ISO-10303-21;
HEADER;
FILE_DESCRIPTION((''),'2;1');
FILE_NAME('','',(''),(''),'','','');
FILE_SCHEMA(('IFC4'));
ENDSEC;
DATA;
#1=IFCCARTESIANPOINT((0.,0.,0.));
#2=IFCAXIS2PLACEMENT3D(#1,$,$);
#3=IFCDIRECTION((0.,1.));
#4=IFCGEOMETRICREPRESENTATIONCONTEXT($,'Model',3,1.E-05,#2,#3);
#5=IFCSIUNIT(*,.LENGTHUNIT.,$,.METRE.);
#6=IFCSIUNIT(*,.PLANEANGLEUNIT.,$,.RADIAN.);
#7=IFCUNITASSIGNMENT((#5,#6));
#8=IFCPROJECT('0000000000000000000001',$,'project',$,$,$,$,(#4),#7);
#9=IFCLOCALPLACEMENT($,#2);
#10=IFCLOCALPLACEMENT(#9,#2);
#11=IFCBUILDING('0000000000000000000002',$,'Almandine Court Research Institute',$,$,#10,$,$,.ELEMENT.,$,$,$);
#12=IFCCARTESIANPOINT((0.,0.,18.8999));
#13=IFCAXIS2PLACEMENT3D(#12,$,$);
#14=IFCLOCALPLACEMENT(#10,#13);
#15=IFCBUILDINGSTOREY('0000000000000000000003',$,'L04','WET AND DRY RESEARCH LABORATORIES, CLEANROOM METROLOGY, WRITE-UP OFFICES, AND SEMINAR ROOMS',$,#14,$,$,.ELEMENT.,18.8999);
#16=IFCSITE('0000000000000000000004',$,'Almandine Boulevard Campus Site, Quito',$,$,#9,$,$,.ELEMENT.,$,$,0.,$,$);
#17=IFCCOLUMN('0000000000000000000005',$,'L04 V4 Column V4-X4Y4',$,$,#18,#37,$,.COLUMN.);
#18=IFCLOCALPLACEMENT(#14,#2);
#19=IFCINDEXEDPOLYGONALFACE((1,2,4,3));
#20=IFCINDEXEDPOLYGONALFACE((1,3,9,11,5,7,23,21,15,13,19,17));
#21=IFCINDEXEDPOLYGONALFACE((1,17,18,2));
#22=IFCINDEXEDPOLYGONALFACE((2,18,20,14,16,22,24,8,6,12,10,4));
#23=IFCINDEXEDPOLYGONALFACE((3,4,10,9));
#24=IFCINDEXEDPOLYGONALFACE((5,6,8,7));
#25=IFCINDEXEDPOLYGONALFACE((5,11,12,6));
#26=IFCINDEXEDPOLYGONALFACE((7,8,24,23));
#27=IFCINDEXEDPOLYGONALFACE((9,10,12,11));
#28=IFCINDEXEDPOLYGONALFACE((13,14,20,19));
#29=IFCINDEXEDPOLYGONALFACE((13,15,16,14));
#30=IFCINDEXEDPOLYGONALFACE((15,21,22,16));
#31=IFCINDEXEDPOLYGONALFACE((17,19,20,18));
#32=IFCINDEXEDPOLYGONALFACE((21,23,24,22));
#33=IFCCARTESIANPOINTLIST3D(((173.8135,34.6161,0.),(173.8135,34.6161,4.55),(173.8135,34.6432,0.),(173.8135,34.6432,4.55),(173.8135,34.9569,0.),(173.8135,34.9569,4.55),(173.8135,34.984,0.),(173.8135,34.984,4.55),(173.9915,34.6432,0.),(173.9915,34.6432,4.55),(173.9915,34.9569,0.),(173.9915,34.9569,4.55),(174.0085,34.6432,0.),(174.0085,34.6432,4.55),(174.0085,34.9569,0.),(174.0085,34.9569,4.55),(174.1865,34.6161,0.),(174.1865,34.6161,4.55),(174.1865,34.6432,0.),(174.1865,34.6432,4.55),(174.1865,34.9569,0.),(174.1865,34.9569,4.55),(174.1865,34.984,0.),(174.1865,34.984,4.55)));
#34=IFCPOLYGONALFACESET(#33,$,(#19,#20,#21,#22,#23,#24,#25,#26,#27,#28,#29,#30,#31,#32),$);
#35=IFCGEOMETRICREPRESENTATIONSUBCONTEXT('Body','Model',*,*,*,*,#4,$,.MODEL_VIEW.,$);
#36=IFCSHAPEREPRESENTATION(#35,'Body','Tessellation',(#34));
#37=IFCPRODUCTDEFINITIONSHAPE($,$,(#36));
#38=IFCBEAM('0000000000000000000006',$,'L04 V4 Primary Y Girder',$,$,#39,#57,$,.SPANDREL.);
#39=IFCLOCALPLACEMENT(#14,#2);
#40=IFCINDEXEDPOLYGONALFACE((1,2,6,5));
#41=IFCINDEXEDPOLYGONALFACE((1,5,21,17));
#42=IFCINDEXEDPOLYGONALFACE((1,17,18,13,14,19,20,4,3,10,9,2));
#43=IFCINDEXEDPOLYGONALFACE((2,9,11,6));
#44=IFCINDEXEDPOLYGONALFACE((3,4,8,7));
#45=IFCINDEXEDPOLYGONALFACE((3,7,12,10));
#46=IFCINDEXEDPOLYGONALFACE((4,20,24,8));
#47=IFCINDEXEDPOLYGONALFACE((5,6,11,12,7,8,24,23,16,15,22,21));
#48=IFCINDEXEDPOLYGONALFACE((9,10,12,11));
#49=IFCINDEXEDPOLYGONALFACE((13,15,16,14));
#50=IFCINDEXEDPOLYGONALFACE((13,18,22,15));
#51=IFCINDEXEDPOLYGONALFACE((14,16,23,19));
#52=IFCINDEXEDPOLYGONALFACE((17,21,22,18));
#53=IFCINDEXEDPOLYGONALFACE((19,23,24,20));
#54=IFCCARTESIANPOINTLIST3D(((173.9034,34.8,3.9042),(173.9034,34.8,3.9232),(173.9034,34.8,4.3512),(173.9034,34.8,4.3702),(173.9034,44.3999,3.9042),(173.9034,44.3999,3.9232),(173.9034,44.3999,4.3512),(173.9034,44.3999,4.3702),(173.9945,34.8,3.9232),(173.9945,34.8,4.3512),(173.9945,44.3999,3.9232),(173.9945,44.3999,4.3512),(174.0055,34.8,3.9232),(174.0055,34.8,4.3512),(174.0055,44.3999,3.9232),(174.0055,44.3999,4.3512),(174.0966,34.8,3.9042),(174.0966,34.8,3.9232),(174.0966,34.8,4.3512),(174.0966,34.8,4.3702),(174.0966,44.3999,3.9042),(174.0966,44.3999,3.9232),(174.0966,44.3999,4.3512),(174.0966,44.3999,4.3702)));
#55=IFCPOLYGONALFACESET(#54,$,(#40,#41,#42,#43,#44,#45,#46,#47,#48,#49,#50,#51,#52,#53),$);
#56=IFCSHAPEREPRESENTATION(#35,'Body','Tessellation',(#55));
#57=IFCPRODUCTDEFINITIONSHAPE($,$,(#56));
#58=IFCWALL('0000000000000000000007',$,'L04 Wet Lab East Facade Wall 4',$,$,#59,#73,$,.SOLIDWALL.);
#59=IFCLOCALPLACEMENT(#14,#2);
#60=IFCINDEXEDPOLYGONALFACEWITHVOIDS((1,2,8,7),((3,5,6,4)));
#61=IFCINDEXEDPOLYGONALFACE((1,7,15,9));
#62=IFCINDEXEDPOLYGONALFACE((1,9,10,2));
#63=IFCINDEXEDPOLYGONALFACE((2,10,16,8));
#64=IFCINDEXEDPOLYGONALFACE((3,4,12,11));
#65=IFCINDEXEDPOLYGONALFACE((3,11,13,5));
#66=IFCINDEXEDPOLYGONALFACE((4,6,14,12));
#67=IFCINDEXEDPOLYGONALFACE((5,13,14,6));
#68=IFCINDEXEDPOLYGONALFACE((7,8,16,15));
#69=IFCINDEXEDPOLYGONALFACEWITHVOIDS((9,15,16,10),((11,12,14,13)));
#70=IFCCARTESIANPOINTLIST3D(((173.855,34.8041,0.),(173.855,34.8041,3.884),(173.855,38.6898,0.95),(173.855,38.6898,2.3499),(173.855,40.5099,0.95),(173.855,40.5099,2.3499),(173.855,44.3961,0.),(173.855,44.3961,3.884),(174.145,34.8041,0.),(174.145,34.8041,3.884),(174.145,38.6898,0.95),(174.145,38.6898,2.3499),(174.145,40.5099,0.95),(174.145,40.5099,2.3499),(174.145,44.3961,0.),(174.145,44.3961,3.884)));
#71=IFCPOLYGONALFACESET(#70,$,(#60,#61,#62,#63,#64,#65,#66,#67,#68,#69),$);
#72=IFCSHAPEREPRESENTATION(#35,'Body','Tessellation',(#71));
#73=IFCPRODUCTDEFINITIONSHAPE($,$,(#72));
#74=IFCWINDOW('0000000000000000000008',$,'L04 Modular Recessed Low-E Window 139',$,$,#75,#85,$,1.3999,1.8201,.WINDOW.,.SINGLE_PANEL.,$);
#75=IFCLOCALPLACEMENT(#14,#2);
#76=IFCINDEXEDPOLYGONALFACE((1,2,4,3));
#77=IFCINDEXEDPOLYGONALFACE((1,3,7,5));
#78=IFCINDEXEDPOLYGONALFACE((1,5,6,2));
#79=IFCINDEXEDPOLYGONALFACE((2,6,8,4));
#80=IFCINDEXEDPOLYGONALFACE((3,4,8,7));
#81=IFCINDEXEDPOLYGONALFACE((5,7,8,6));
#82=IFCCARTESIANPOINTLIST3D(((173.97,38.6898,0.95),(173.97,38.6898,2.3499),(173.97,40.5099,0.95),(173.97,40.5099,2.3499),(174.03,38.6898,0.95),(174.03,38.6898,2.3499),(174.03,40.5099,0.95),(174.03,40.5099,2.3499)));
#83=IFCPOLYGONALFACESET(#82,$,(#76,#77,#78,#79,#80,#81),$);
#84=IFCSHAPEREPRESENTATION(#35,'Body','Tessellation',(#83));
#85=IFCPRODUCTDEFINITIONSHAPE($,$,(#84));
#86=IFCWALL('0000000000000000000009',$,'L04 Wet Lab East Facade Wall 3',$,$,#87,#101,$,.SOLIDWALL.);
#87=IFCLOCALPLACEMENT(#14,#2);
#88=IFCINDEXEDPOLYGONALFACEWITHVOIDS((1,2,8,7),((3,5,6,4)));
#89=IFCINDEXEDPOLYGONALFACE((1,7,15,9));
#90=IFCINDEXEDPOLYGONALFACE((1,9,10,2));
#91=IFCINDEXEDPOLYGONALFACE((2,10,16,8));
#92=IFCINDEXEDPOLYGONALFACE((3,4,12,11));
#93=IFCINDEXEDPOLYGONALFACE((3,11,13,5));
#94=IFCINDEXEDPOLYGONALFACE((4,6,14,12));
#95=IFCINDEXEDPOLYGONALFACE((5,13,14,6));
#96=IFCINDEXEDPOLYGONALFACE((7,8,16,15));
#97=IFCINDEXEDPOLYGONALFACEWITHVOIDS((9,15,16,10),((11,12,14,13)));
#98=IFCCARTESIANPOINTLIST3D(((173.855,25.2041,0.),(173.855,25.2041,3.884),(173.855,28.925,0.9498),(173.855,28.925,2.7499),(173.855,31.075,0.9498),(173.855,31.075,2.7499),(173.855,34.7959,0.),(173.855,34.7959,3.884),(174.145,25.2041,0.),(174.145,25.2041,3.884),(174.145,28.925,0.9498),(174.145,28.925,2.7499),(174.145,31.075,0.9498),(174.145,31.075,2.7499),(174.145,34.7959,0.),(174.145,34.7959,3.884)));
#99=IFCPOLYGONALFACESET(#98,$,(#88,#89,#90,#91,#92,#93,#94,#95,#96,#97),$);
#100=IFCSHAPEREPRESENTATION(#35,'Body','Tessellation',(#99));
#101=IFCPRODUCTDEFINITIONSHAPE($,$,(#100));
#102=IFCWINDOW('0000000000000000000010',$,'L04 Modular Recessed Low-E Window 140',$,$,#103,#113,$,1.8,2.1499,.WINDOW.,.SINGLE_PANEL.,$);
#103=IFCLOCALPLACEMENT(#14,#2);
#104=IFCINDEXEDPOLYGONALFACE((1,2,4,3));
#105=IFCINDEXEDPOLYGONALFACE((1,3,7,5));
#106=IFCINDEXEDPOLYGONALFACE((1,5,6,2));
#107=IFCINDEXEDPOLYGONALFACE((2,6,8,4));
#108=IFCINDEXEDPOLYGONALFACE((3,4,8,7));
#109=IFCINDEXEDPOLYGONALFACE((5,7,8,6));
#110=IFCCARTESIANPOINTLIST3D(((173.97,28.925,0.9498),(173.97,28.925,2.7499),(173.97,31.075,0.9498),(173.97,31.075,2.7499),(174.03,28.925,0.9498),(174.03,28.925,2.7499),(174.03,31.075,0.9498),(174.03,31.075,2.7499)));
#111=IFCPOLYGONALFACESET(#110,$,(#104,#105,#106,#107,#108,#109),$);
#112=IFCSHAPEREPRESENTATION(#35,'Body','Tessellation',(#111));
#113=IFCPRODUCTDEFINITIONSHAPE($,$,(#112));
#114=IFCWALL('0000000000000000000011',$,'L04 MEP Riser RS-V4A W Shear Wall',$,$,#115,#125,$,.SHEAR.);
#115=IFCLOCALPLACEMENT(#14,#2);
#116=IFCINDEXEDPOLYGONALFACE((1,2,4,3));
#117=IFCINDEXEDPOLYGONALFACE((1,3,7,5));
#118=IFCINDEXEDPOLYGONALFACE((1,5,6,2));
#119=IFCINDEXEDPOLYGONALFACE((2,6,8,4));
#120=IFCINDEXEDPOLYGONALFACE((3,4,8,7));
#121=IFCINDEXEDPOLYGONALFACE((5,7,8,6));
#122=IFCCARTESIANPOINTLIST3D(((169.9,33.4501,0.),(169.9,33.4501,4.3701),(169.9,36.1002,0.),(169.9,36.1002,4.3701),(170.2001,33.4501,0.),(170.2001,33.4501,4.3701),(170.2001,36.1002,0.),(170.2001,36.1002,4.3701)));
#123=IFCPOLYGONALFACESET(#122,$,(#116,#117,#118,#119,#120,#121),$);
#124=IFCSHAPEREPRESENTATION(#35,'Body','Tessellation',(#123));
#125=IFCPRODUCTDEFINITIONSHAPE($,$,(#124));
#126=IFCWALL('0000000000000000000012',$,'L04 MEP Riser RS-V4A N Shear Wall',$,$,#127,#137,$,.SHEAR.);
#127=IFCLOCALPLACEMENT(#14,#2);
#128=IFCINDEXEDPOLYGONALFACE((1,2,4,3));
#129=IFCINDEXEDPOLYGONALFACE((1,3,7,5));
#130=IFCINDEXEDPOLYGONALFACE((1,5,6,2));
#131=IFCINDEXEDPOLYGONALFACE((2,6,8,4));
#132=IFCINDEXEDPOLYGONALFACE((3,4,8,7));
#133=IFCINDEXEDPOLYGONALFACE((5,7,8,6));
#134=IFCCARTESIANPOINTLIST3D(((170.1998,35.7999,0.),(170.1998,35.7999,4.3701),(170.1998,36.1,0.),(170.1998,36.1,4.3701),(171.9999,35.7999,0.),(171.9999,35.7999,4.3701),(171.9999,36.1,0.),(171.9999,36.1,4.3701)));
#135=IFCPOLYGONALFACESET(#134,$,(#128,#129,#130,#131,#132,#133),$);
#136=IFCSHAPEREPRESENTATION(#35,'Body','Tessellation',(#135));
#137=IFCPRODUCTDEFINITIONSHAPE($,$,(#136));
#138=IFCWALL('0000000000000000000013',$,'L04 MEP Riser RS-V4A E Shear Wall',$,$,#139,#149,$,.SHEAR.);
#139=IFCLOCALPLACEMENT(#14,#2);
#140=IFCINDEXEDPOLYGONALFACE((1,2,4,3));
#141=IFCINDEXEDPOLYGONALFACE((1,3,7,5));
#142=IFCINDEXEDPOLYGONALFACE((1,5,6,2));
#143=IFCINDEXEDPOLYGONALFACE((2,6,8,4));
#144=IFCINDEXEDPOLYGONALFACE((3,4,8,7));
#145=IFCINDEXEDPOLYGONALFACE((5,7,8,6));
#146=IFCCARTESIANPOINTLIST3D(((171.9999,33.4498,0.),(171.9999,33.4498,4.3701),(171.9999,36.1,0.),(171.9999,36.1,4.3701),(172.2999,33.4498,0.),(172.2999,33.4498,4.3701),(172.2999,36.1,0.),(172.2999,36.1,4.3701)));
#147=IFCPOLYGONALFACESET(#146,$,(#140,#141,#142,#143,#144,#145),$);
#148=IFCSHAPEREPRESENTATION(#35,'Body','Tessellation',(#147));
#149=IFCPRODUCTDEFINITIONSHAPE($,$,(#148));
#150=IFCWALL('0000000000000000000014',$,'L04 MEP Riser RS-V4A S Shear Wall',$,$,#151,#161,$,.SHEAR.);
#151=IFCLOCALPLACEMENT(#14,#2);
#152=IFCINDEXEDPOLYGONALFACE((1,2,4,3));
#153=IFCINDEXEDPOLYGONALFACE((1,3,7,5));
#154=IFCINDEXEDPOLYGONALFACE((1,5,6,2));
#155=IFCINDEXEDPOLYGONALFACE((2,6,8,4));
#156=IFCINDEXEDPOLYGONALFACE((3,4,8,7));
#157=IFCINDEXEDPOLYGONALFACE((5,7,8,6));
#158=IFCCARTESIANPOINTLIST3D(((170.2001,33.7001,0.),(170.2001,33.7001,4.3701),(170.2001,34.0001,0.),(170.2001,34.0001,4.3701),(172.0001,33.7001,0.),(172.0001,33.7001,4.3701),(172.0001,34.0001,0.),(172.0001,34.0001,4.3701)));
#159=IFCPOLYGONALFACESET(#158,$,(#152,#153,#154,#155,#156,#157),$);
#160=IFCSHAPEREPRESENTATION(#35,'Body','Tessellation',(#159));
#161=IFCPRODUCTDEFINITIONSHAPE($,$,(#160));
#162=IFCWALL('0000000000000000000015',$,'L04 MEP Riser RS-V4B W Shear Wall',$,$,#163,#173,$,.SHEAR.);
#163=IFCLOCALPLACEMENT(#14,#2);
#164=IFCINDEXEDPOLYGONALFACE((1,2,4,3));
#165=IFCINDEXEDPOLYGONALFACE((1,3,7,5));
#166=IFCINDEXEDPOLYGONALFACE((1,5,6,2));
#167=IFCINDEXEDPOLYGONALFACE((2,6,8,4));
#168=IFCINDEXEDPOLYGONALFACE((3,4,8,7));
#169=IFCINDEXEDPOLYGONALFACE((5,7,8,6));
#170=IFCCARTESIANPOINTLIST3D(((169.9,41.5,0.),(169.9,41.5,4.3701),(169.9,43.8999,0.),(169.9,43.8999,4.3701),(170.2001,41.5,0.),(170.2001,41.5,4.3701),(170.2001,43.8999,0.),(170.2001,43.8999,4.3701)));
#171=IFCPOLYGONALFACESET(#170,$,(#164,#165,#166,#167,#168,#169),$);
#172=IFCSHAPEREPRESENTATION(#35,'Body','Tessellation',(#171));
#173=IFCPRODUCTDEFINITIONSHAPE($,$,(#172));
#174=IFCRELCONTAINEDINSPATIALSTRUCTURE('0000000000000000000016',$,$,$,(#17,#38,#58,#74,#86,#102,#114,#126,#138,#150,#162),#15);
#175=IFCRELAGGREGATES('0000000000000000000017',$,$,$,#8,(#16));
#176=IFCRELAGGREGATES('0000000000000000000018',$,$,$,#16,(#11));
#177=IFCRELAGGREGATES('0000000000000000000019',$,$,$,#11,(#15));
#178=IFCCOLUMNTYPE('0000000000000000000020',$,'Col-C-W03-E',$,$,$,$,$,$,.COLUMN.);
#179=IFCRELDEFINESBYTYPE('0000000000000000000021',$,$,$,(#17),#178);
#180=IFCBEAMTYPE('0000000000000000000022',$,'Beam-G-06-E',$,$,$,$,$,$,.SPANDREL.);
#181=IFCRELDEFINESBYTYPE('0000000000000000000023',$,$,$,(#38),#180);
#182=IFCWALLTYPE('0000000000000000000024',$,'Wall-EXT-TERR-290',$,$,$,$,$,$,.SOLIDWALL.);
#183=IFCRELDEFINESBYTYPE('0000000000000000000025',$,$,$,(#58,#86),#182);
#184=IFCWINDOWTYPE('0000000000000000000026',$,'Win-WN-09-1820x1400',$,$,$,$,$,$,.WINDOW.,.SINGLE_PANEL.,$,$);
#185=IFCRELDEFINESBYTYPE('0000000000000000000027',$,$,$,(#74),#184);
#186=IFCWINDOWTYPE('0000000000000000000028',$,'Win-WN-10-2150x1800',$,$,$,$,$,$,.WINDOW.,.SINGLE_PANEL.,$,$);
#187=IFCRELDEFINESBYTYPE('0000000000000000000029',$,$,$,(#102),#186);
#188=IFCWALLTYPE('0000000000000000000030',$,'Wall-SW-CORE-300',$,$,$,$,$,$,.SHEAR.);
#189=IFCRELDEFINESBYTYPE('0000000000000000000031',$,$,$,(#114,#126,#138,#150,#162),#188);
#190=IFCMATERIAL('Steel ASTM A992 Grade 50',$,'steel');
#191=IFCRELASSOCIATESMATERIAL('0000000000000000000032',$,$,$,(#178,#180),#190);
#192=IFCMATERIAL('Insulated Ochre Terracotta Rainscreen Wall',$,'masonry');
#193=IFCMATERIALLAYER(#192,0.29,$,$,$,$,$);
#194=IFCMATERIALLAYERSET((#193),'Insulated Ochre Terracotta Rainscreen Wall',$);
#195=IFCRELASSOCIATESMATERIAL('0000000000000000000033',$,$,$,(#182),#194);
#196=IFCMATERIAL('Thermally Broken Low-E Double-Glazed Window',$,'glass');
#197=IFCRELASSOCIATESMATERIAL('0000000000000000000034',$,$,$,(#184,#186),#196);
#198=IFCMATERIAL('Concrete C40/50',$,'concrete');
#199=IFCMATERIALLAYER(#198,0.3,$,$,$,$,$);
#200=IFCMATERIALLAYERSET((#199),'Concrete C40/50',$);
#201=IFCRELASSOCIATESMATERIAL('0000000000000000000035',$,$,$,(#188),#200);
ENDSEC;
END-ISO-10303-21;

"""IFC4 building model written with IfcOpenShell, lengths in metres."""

from ifc_helpers import new_model, si_unit, direction, frame, frame_2d, origin, origin_2d, place, context, subcontext, project, spatial, rectangle, i_section, extrude, material, layer, layer_set, material_profile, profile_set, type_object, element, fill, save


model = new_model("IFC4")

# Units and contexts
model_context = context("Model", 3, precision=1e-05, world=origin(), true_north=direction((0.0, 1.0)))
body_context = subcontext(model_context, "Body", "Model", "MODEL_VIEW")
ifc_project = project(units=[si_unit("LENGTHUNIT", "METRE"), si_unit("PLANEANGLEUNIT", "RADIAN")], contexts=[model_context])

# Site, building, storey
site_placement = place(None, origin())
site = spatial("IfcSite", under=ifc_project, at=site_placement, Name="Almandine Boulevard Campus Site, Quito", CompositionType="ELEMENT", RefElevation=0.0)
building_placement = place(site_placement, origin())
building = spatial("IfcBuilding", under=site, at=building_placement, Name="Almandine Court Research Institute", CompositionType="ELEMENT")
storey_placement = place(building_placement, frame((0.0, 0.0, 18.8999)))
storey = spatial("IfcBuildingStorey", under=building, at=storey_placement, Name="L04", Description="WET AND DRY RESEARCH LABORATORIES, CLEANROOM METROLOGY, WRITE-UP OFFICES, AND SEMINAR ROOMS", CompositionType="ELEMENT", Elevation=18.8999)

# Column
ifc_material_1 = material(Name="Steel ASTM A992 Grade 50", Category="steel")
ifc_material_profile_1 = material_profile(ifc_material_1, i_section(OverallWidth=0.373, OverallDepth=0.3679, WebThickness=0.0171, FlangeThickness=0.0271, at=origin_2d()), Name="W360x179")
ifc_profile_set_1 = profile_set([ifc_material_profile_1], Name="Steel ASTM A992 Grade 50")
column_type = type_object("IfcColumnType", Name="Col-C-W03-E", PredefinedType="COLUMN", material=ifc_profile_set_1)
column_placement = place(storey_placement, frame((174.0, 34.8, 0.0), z_axis=(0.0, 0.0, 1.0), x_axis=(1.0, 0.0, 0.0)))
element("IfcColumn", 1, at=column_placement, inside=storey, type_object=column_type, Name="L04 V4 Column V4-X4Y4", PredefinedType="COLUMN", context=body_context, shape_type="SweptSolid", body=[
    extrude(i_section(OverallWidth=0.373, OverallDepth=0.3679, WebThickness=0.0171, FlangeThickness=0.0271, at=origin_2d()), origin(), (0.0, 0.0, 1.0), 4.55),
])

# Beam
ifc_material_profile_2 = material_profile(ifc_material_1, i_section(OverallWidth=0.1931, OverallDepth=0.4661, WebThickness=0.011, FlangeThickness=0.019, at=origin_2d()), Name="W460x97")
ifc_profile_set_2 = profile_set([ifc_material_profile_2], Name="Steel ASTM A992 Grade 50")
beam_type = type_object("IfcBeamType", Name="Beam-G-06-E", PredefinedType="SPANDREL", material=ifc_profile_set_2)
beam_placement = place(storey_placement, frame((174.0, 34.8, 4.1372), z_axis=(0.0, 1.0, 0.0), x_axis=(-1.0, 0.0, 0.0)))
element("IfcBeam", 2, at=beam_placement, inside=storey, type_object=beam_type, Name="L04 V4 Primary Y Girder", PredefinedType="SPANDREL", context=body_context, shape_type="SweptSolid", body=[
    extrude(i_section(OverallWidth=0.1931, OverallDepth=0.4661, WebThickness=0.011, FlangeThickness=0.019, at=origin_2d()), origin(), (0.0, 0.0, 1.0), 9.5999),
])

# Walls, openings, windows
ifc_material_2 = material(Name="Insulated Ochre Terracotta Rainscreen Wall", Category="masonry")
ifc_layer_1 = layer(ifc_material_2, 0.29)
ifc_layer_set_1 = layer_set([ifc_layer_1], Name="Insulated Ochre Terracotta Rainscreen Wall")
wall_type_1 = type_object("IfcWallType", Name="Wall-EXT-TERR-290", PredefinedType="SOLIDWALL", material=ifc_layer_set_1)
wall_1_placement = place(storey_placement, frame((174.0, 44.396, 0.0), z_axis=(0.0, 0.0, 1.0), x_axis=(0.0, -1.0, 0.0)))
wall_1 = element("IfcWall", 3, at=wall_1_placement, inside=storey, type_object=wall_type_1, Name="L04 Wet Lab East Facade Wall 4", PredefinedType="SOLIDWALL", context=body_context, shape_type="SweptSolid", body=[
    extrude(rectangle(XDim=9.592, YDim=0.29, at=frame_2d((4.7959, 0.0))), origin(), (0.0, 0.0, 1.0), 3.884),
])
opening_1_placement = place(wall_1_placement, frame((3.886, 0.0, 0.95)))
opening_1 = element("IfcOpeningElement", 4, at=opening_1_placement, cuts=wall_1, PredefinedType="OPENING", context=body_context, shape_type="SweptSolid", body=[
    extrude(rectangle(XDim=1.8201, YDim=1.3999, at=frame_2d((0.9102, 0.7))), frame((0.0, 0.155, 0.0), z_axis=(0.0, -1.0, 0.0), x_axis=(1.0, 0.0, 0.0)), (0.0, 0.0, 1.0), 0.3101),
])
ifc_material_3 = material(Name="Thermally Broken Low-E Double-Glazed Window", Category="glass")
window_type_1 = type_object("IfcWindowType", Name="Win-WN-09-1820x1400", PartitioningType="SINGLE_PANEL", PredefinedType="WINDOW", material=ifc_material_3)
window_1_placement = place(opening_1_placement, origin())
window_1 = element("IfcWindow", 5, at=window_1_placement, inside=storey, type_object=window_type_1, Name="L04 Modular Recessed Low-E Window 139", OverallHeight=1.3999, OverallWidth=1.8201, PartitioningType="SINGLE_PANEL", PredefinedType="WINDOW", context=body_context, shape_type="SweptSolid", body=[
    extrude(rectangle(XDim=1.8201, YDim=1.3999, at=frame_2d((0.9102, 0.7))), frame((0.0, 0.03, 0.0), z_axis=(0.0, -1.0, 0.0), x_axis=(1.0, 0.0, 0.0)), (0.0, 0.0, 1.0), 0.0601),
])
fill(opening_1, window_1)
wall_2_placement = place(storey_placement, frame((174.0, 34.7959, 0.0), z_axis=(0.0, 0.0, 1.0), x_axis=(0.0, -1.0, 0.0)))
wall_2 = element("IfcWall", 6, at=wall_2_placement, inside=storey, type_object=wall_type_1, Name="L04 Wet Lab East Facade Wall 3", PredefinedType="SOLIDWALL", context=body_context, shape_type="SweptSolid", body=[
    extrude(rectangle(XDim=9.5918, YDim=0.29, at=frame_2d((4.7959, 0.0))), origin(), (0.0, 0.0, 1.0), 3.884),
])
opening_2_placement = place(wall_2_placement, frame((3.7209, 0.0, 0.95)))
opening_2 = element("IfcOpeningElement", 7, at=opening_2_placement, cuts=wall_2, PredefinedType="OPENING", context=body_context, shape_type="SweptSolid", body=[
    extrude(rectangle(XDim=2.1499, YDim=1.8, at=frame_2d((1.075, 0.8999))), frame((0.0, 0.155, 0.0), z_axis=(0.0, -1.0, 0.0), x_axis=(1.0, 0.0, 0.0)), (0.0, 0.0, 1.0), 0.3101),
])
window_type_2 = type_object("IfcWindowType", Name="Win-WN-10-2150x1800", PartitioningType="SINGLE_PANEL", PredefinedType="WINDOW", material=ifc_material_3)
window_2_placement = place(opening_2_placement, origin())
window_2 = element("IfcWindow", 8, at=window_2_placement, inside=storey, type_object=window_type_2, Name="L04 Modular Recessed Low-E Window 140", OverallHeight=1.8, OverallWidth=2.1499, PartitioningType="SINGLE_PANEL", PredefinedType="WINDOW", context=body_context, shape_type="SweptSolid", body=[
    extrude(rectangle(XDim=2.1499, YDim=1.8, at=frame_2d((1.075, 0.8999))), frame((0.0, 0.03, 0.0), z_axis=(0.0, -1.0, 0.0), x_axis=(1.0, 0.0, 0.0)), (0.0, 0.0, 1.0), 0.0601),
])
fill(opening_2, window_2)

# Walls
ifc_material_4 = material(Name="Concrete C40/50", Category="concrete")
ifc_layer_2 = layer(ifc_material_4, 0.3)
ifc_layer_set_2 = layer_set([ifc_layer_2], Name="Concrete C40/50")
wall_type_2 = type_object("IfcWallType", Name="Wall-SW-CORE-300", PredefinedType="SHEAR", material=ifc_layer_set_2)
wall_3_placement = place(storey_placement, frame((170.05, 33.45, 0.0), z_axis=(0.0, 0.0, 1.0), x_axis=(0.0, 1.0, 0.0)))
element("IfcWall", 9, at=wall_3_placement, inside=storey, type_object=wall_type_2, Name="L04 MEP Riser RS-V4A W Shear Wall", PredefinedType="SHEAR", context=body_context, shape_type="SweptSolid", body=[
    extrude(rectangle(XDim=2.6501, YDim=0.3, at=frame_2d((1.3252, 0.0))), origin(), (0.0, 0.0, 1.0), 4.3701),
])
wall_4_placement = place(storey_placement, frame((170.2, 35.95, 0.0), z_axis=(0.0, 0.0, 1.0), x_axis=(1.0, 0.0, 0.0)))
element("IfcWall", 10, at=wall_4_placement, inside=storey, type_object=wall_type_2, Name="L04 MEP Riser RS-V4A N Shear Wall", PredefinedType="SHEAR", context=body_context, shape_type="SweptSolid", body=[
    extrude(rectangle(XDim=1.8, YDim=0.3, at=frame_2d((0.8999, 0.0))), origin(), (0.0, 0.0, 1.0), 4.3701),
])
wall_5_placement = place(storey_placement, frame((172.1499, 36.1001, 0.0), z_axis=(0.0, 0.0, 1.0), x_axis=(0.0, -1.0, 0.0)))
element("IfcWall", 11, at=wall_5_placement, inside=storey, type_object=wall_type_2, Name="L04 MEP Riser RS-V4A E Shear Wall", PredefinedType="SHEAR", context=body_context, shape_type="SweptSolid", body=[
    extrude(rectangle(XDim=2.6501, YDim=0.3, at=frame_2d((1.3252, 0.0))), origin(), (0.0, 0.0, 1.0), 4.3701),
])
wall_6_placement = place(storey_placement, frame((172.0, 33.8501, 0.0), z_axis=(0.0, 0.0, 1.0), x_axis=(-1.0, 0.0, 0.0)))
element("IfcWall", 12, at=wall_6_placement, inside=storey, type_object=wall_type_2, Name="L04 MEP Riser RS-V4A S Shear Wall", PredefinedType="SHEAR", context=body_context, shape_type="SweptSolid", body=[
    extrude(rectangle(XDim=1.8, YDim=0.3, at=frame_2d((0.8999, 0.0))), origin(), (0.0, 0.0, 1.0), 4.3701),
])
wall_7_placement = place(storey_placement, frame((170.05, 41.5, 0.0), z_axis=(0.0, 0.0, 1.0), x_axis=(0.0, 1.0, 0.0)))
element("IfcWall", 13, at=wall_7_placement, inside=storey, type_object=wall_type_2, Name="L04 MEP Riser RS-V4B W Shear Wall", PredefinedType="SHEAR", context=body_context, shape_type="SweptSolid", body=[
    extrude(rectangle(XDim=2.3999, YDim=0.3, at=frame_2d((1.2, 0.0))), origin(), (0.0, 0.0, 1.0), 4.3701),
])

save(model, "model.ifc")
